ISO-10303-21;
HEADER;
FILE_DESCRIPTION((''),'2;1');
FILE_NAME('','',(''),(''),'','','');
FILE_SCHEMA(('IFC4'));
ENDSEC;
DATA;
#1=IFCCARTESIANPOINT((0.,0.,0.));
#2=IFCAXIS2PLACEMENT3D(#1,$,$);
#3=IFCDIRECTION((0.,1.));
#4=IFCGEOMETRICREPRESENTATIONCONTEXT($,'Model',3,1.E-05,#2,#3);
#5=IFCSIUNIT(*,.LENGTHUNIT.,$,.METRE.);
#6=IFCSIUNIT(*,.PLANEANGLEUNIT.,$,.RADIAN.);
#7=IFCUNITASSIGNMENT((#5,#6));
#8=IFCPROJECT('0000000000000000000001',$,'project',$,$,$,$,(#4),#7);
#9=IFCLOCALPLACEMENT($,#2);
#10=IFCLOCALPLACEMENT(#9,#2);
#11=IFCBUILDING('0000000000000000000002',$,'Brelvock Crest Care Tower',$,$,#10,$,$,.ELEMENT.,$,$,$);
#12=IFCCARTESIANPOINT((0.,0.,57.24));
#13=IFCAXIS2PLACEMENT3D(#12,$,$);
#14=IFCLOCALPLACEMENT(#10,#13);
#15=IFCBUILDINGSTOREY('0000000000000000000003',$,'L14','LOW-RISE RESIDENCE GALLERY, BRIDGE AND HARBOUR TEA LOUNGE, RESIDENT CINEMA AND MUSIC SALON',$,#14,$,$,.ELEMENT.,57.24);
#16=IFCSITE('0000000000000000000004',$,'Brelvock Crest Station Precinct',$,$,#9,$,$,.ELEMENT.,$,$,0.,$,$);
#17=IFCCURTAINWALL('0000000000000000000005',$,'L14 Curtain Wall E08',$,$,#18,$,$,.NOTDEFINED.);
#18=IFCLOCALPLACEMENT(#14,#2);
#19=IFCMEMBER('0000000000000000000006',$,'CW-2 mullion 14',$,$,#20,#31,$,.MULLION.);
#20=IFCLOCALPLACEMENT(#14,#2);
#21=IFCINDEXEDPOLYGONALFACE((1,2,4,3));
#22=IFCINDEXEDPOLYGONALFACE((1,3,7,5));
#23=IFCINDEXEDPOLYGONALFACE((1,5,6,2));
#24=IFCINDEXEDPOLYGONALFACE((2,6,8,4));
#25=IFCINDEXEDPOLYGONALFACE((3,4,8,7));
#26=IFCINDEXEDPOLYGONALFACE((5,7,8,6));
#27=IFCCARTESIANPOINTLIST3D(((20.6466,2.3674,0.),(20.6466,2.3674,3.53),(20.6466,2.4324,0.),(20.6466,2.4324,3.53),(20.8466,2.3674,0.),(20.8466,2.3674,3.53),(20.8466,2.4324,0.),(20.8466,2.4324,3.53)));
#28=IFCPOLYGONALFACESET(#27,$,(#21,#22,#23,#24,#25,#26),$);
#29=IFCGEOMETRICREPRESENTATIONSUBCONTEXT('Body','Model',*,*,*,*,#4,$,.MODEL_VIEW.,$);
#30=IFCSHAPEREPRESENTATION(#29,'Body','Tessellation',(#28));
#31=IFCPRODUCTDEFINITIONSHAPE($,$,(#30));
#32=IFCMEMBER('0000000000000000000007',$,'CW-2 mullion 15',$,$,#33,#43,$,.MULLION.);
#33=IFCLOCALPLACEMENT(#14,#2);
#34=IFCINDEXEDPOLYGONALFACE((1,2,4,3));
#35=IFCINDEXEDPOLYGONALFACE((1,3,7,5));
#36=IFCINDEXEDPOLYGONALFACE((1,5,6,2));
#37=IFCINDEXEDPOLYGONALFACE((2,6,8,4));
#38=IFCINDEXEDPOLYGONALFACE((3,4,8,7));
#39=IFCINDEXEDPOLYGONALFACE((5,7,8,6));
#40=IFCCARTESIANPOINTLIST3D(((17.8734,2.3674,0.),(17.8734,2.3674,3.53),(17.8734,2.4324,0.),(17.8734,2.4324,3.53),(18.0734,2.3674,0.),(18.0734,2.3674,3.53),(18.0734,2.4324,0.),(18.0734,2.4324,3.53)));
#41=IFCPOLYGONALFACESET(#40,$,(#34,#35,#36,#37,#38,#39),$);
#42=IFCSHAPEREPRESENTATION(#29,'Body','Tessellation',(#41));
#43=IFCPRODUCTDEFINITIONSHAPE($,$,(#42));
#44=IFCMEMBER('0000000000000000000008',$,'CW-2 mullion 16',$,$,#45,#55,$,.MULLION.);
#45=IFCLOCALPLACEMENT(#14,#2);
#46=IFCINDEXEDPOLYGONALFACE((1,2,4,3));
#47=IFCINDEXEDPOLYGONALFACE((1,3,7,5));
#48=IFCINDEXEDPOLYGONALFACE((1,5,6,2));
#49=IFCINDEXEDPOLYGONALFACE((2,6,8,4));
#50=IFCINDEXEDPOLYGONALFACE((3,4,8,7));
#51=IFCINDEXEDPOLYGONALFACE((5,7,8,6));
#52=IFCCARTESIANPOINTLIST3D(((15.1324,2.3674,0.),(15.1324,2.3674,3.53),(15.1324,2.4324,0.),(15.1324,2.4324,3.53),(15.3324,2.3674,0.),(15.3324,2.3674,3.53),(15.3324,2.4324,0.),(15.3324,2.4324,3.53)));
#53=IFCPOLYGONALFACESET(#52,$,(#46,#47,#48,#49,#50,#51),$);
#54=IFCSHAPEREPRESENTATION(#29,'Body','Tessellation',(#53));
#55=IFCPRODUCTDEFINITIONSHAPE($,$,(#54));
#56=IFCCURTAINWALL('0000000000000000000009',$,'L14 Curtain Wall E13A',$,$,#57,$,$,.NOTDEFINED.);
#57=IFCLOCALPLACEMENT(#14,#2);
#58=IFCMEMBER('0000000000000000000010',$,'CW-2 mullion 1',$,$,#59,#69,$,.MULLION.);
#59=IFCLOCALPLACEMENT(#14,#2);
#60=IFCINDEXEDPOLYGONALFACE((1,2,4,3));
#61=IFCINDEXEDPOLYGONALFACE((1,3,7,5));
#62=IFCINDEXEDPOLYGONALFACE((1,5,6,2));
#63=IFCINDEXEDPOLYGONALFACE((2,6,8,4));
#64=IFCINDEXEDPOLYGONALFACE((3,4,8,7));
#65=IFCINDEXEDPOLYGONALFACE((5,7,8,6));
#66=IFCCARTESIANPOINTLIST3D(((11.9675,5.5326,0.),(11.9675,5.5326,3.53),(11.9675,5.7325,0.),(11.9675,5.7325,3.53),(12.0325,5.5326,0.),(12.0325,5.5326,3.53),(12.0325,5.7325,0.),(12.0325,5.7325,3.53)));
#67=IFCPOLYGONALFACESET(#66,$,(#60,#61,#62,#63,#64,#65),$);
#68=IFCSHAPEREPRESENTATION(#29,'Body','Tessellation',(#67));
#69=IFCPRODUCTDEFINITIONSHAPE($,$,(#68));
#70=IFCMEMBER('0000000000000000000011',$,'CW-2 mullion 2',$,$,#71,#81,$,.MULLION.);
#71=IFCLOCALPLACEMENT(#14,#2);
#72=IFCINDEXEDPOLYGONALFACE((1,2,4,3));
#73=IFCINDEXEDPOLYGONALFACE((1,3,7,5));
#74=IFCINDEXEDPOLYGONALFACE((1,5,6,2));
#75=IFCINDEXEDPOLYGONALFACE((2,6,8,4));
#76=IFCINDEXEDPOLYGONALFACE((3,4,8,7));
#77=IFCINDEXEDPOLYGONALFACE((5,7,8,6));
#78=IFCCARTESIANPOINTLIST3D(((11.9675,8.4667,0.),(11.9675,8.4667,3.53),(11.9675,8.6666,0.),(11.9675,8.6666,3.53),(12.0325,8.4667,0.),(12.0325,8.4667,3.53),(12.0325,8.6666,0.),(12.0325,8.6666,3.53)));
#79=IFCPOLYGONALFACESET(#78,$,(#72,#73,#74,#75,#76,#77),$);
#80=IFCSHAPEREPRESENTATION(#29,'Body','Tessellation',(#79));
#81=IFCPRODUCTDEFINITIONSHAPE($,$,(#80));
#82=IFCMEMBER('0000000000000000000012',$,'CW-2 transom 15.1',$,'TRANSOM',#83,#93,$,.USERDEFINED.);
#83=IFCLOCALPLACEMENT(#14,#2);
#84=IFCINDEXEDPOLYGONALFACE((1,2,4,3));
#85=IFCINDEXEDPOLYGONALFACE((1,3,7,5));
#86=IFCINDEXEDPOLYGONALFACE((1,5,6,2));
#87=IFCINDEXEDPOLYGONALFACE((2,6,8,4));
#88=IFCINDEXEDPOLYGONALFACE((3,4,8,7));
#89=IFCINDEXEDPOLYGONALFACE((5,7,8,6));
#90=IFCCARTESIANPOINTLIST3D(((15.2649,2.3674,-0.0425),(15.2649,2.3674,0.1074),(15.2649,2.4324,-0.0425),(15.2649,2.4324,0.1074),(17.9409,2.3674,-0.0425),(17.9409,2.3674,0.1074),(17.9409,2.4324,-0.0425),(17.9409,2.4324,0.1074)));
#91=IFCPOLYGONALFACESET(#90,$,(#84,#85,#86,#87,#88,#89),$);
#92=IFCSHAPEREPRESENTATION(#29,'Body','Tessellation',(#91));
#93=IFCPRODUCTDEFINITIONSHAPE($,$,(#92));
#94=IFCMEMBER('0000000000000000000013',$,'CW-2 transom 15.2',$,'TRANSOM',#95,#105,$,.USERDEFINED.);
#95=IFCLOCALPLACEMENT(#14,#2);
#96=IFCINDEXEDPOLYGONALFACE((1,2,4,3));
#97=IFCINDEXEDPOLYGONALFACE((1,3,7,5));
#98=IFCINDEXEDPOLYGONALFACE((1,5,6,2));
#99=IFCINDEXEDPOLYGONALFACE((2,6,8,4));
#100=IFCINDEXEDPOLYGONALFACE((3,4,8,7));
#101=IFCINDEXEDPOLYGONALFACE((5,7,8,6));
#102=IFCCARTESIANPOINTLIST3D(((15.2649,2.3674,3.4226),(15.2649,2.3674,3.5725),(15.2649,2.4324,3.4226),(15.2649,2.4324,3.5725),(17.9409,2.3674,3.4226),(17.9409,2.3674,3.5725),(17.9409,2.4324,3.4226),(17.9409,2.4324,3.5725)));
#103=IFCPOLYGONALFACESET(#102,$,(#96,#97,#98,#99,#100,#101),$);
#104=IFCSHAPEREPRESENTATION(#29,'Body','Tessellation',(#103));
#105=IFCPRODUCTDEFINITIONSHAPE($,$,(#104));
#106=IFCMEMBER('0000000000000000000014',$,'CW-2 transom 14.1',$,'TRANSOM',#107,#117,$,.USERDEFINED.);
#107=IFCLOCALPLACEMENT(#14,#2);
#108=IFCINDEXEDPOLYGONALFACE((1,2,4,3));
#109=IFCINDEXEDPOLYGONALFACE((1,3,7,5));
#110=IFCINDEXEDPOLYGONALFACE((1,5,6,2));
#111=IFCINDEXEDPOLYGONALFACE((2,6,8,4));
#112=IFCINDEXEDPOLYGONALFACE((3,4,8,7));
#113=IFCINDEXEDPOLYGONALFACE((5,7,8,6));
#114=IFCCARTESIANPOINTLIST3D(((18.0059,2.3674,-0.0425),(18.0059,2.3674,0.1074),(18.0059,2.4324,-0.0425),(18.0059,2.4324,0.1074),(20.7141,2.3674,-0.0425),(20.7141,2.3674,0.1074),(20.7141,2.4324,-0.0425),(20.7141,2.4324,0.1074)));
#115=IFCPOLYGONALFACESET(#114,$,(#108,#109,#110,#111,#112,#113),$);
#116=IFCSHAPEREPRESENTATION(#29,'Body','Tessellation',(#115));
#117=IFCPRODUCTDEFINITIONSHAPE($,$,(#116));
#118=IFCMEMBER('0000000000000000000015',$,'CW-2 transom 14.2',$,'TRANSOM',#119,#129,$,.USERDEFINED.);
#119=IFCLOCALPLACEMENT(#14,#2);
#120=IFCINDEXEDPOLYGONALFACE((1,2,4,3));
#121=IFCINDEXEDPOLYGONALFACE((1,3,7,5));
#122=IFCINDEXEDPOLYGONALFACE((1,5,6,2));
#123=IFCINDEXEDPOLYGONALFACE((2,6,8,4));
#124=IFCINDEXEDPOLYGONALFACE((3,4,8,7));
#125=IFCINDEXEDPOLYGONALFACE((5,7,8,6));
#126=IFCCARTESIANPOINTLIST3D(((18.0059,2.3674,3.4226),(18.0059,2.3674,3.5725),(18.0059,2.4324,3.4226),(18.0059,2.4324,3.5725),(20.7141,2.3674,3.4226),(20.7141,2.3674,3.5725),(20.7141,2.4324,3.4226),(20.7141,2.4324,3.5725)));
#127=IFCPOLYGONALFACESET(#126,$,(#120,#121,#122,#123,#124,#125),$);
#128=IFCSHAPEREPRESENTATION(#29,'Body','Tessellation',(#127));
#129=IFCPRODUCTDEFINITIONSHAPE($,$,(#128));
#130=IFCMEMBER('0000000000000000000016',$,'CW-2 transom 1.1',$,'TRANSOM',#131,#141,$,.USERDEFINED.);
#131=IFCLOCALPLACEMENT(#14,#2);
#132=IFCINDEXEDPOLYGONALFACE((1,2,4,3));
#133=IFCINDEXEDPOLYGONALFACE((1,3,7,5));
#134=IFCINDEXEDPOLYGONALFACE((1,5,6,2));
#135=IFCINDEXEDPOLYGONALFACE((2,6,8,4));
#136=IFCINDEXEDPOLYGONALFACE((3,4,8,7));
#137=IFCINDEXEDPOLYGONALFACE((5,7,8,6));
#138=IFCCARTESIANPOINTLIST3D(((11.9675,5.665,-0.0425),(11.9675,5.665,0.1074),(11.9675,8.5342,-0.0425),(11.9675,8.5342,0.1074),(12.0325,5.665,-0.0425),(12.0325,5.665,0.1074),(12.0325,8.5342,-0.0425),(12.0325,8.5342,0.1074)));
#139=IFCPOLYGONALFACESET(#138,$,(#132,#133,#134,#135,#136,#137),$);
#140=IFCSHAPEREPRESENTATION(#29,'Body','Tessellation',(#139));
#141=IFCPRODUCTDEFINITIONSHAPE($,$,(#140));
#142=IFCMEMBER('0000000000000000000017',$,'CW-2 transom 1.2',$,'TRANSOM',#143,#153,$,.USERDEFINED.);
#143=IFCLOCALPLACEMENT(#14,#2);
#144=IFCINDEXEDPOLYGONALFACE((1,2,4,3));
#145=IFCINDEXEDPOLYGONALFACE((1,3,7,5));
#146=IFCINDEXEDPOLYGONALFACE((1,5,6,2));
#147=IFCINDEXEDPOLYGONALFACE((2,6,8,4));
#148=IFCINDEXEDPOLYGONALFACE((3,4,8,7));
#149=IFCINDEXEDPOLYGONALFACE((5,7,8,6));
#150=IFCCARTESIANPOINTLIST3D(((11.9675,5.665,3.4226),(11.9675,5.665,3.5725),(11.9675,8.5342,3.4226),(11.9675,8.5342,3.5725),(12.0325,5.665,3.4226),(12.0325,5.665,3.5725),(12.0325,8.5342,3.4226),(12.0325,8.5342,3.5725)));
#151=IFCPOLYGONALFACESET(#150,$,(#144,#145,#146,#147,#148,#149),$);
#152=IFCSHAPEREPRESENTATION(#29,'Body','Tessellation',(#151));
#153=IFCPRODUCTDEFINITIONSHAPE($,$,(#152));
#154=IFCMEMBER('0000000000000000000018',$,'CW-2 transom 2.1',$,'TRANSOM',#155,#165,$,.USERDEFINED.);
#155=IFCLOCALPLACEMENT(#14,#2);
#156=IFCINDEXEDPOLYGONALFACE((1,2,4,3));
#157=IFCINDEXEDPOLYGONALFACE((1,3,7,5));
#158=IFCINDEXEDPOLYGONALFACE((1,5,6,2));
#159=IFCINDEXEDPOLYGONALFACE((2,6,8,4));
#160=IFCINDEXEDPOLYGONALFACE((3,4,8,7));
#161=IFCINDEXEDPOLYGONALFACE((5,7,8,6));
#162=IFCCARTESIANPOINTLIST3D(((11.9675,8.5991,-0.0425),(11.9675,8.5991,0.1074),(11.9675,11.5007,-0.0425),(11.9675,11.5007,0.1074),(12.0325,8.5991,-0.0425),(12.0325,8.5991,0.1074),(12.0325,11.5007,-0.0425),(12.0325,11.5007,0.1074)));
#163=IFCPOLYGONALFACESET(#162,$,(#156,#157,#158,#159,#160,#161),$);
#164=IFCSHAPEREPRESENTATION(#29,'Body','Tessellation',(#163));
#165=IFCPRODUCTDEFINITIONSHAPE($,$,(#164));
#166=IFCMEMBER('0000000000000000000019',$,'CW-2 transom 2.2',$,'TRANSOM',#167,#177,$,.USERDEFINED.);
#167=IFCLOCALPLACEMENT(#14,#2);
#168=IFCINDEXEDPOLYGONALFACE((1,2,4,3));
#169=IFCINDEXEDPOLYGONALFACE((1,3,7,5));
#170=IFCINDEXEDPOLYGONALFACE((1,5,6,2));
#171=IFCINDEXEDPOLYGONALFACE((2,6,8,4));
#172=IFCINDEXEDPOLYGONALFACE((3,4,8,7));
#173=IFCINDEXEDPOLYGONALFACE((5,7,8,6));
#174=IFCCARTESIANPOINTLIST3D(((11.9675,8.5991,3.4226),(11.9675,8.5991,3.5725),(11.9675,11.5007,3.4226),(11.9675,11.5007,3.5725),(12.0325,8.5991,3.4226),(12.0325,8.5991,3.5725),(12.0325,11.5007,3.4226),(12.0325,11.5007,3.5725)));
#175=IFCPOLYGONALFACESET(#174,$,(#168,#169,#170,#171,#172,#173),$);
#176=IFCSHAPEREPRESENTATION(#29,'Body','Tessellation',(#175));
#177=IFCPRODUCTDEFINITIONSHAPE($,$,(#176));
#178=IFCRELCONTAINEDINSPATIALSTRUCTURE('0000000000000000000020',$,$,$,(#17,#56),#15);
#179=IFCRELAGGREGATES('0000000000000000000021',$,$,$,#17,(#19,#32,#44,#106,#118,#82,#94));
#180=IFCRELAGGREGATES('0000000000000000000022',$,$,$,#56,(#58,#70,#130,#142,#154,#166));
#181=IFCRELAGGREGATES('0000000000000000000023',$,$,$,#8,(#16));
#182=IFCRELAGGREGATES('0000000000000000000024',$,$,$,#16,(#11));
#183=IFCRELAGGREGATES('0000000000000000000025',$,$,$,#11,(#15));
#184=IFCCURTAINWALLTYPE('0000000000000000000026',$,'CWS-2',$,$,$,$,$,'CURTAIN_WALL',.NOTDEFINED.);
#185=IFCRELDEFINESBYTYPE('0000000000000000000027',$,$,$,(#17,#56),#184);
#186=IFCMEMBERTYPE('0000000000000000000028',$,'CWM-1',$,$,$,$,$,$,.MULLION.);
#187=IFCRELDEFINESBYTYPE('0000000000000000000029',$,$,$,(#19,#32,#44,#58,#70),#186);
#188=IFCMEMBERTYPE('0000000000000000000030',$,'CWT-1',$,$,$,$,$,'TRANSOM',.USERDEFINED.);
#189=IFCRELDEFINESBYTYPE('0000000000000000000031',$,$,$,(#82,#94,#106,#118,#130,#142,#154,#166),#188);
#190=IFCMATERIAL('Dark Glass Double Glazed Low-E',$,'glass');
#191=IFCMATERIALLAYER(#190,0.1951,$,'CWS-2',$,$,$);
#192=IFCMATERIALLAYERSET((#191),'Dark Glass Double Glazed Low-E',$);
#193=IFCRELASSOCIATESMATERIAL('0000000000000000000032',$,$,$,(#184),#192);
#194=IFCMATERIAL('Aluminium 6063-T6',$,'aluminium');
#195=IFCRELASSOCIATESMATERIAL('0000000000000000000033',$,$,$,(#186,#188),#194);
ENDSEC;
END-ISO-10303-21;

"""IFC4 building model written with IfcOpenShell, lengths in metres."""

from ifc_helpers import new_model, si_unit, direction, frame, origin, origin_2d, place, context, subcontext, project, spatial, rectangle, extrude, source, transform, mapped, material, layer, layer_set, material_profile, profile_set, type_object, element, aggregate, save


model = new_model("IFC4")

# Units and contexts
model_context = context("Model", 3, precision=1e-05, world=origin(), true_north=direction((0.0, 1.0)))
body_context = subcontext(model_context, "Body", "Model", "MODEL_VIEW")
ifc_project = project(units=[si_unit("LENGTHUNIT", "METRE"), si_unit("PLANEANGLEUNIT", "RADIAN")], contexts=[model_context])

# Site, building, storey
site_placement = place(None, origin())
site = spatial("IfcSite", under=ifc_project, at=site_placement, Name="Brelvock Crest Station Precinct", CompositionType="ELEMENT", RefElevation=0.0)
building_placement = place(site_placement, origin())
building = spatial("IfcBuilding", under=site, at=building_placement, Name="Brelvock Crest Care Tower", CompositionType="ELEMENT")
storey_placement = place(building_placement, frame((0.0, 0.0, 57.24)))
storey = spatial("IfcBuildingStorey", under=building, at=storey_placement, Name="L14", Description="LOW-RISE RESIDENCE GALLERY, BRIDGE AND HARBOUR TEA LOUNGE, RESIDENT CINEMA AND MUSIC SALON", CompositionType="ELEMENT", Elevation=57.24)

# Curtain walls, members
ifc_material_1 = material(Name="Dark Glass Double Glazed Low-E", Category="glass")
ifc_layer_1 = layer(ifc_material_1, 0.1951, Name="CWS-2")
ifc_layer_set_1 = layer_set([ifc_layer_1], Name="Dark Glass Double Glazed Low-E")
curtain_wall_type = type_object("IfcCurtainWallType", Name="CWS-2", ElementType="CURTAIN_WALL", PredefinedType="NOTDEFINED", material=ifc_layer_set_1)
curtain_wall_1_placement = place(storey_placement, origin())
curtain_wall_1 = element("IfcCurtainWall", 1, at=curtain_wall_1_placement, inside=storey, type_object=curtain_wall_type, Name="L14 Curtain Wall E08", PredefinedType="NOTDEFINED")
ifc_material_2 = material(Name="Aluminium 6063-T6", Category="aluminium")
ifc_material_profile_1 = material_profile(ifc_material_2, rectangle(XDim=0.0649, YDim=0.2, at=origin_2d()), Name="ALU65x200")
ifc_profile_set_1 = profile_set([ifc_material_profile_1], Name="Aluminium 6063-T6")
member_type_1 = type_object("IfcMemberType", Name="CWM-1", PredefinedType="MULLION", material=ifc_profile_set_1)
shared_shape_1 = source(origin(), body_context, "Body", "SweptSolid", [
    extrude(rectangle(XDim=0.0649, YDim=0.2, at=origin_2d()), origin(), (0.0, 0.0, 1.0), 3.53),
])
member_1_placement = place(storey_placement, frame((20.7466, 2.3999, 0.0), z_axis=(0.0, 0.0, 1.0), x_axis=(0.0, -1.0, 0.0)))
member_1 = element("IfcMember", 2, at=member_1_placement, type_object=member_type_1, Name="CW-2 mullion 14", PredefinedType="MULLION", context=body_context, shape_type="MappedRepresentation", body=[
    mapped(shared_shape_1, transform((0.0, 0.0, 0.0), x_axis=(1.0, 0.0, 0.0), y_axis=(0.0, 1.0, 0.0), z_axis=(0.0, 0.0, 1.0), scale=1.0)),
])
member_2_placement = place(storey_placement, frame((17.9734, 2.3999, 0.0), z_axis=(0.0, 0.0, 1.0), x_axis=(0.0, -1.0, 0.0)))
member_2 = element("IfcMember", 3, at=member_2_placement, type_object=member_type_1, Name="CW-2 mullion 15", PredefinedType="MULLION", context=body_context, shape_type="MappedRepresentation", body=[
    mapped(shared_shape_1, transform((0.0, 0.0, 0.0), x_axis=(1.0, 0.0, 0.0), y_axis=(0.0, 1.0, 0.0), z_axis=(0.0, 0.0, 1.0), scale=1.0)),
])
member_3_placement = place(storey_placement, frame((15.2324, 2.3999, 0.0), z_axis=(0.0, 0.0, 1.0), x_axis=(0.0, -1.0, 0.0)))
member_3 = element("IfcMember", 4, at=member_3_placement, type_object=member_type_1, Name="CW-2 mullion 16", PredefinedType="MULLION", context=body_context, shape_type="MappedRepresentation", body=[
    mapped(shared_shape_1, transform((0.0, 0.0, 0.0), x_axis=(1.0, 0.0, 0.0), y_axis=(0.0, 1.0, 0.0), z_axis=(0.0, 0.0, 1.0), scale=1.0)),
])
curtain_wall_2_placement = place(storey_placement, origin())
curtain_wall_2 = element("IfcCurtainWall", 5, at=curtain_wall_2_placement, inside=storey, type_object=curtain_wall_type, Name="L14 Curtain Wall E13A", PredefinedType="NOTDEFINED")
member_4_placement = place(storey_placement, frame((12.0, 5.6326, 0.0), z_axis=(0.0, 0.0, 1.0), x_axis=(-1.0, 0.0, 0.0)))
member_4 = element("IfcMember", 6, at=member_4_placement, type_object=member_type_1, Name="CW-2 mullion 1", PredefinedType="MULLION", context=body_context, shape_type="MappedRepresentation", body=[
    mapped(shared_shape_1, transform((0.0, 0.0, 0.0), x_axis=(1.0, 0.0, 0.0), y_axis=(0.0, 1.0, 0.0), z_axis=(0.0, 0.0, 1.0), scale=1.0)),
])
member_5_placement = place(storey_placement, frame((12.0, 8.5667, 0.0), z_axis=(0.0, 0.0, 1.0), x_axis=(-1.0, 0.0, 0.0)))
member_5 = element("IfcMember", 7, at=member_5_placement, type_object=member_type_1, Name="CW-2 mullion 2", PredefinedType="MULLION", context=body_context, shape_type="MappedRepresentation", body=[
    mapped(shared_shape_1, transform((0.0, 0.0, 0.0), x_axis=(1.0, 0.0, 0.0), y_axis=(0.0, 1.0, 0.0), z_axis=(0.0, 0.0, 1.0), scale=1.0)),
])

# Members
ifc_material_profile_2 = material_profile(ifc_material_2, rectangle(XDim=0.0649, YDim=0.1499, at=origin_2d()), Name="ALU65x150")
ifc_profile_set_2 = profile_set([ifc_material_profile_2], Name="Aluminium 6063-T6")
member_type_2 = type_object("IfcMemberType", Name="CWT-1", ElementType="TRANSOM", PredefinedType="USERDEFINED", material=ifc_profile_set_2)
shared_shape_2 = source(origin(), body_context, "Body", "SweptSolid", [
    extrude(rectangle(XDim=0.0649, YDim=0.1499, at=origin_2d()), origin(), (0.0, 0.0, 1.0), 2.676),
])
member_6_placement = place(storey_placement, frame((17.9409, 2.3999, 0.0325), z_axis=(-1.0, 0.0, 0.0), x_axis=(0.0, -1.0, 0.0)))
member_6 = element("IfcMember", 8, at=member_6_placement, type_object=member_type_2, Name="CW-2 transom 15.1", ObjectType="TRANSOM", PredefinedType="USERDEFINED", context=body_context, shape_type="MappedRepresentation", body=[
    mapped(shared_shape_2, transform((0.0, 0.0, 0.0), x_axis=(1.0, 0.0, 0.0), y_axis=(0.0, 1.0, 0.0), z_axis=(0.0, 0.0, 1.0), scale=1.0)),
])
member_7_placement = place(storey_placement, frame((17.9409, 2.3999, 3.4976), z_axis=(-1.0, 0.0, 0.0), x_axis=(0.0, -1.0, 0.0)))
member_7 = element("IfcMember", 9, at=member_7_placement, type_object=member_type_2, Name="CW-2 transom 15.2", ObjectType="TRANSOM", PredefinedType="USERDEFINED", context=body_context, shape_type="MappedRepresentation", body=[
    mapped(shared_shape_2, transform((0.0, 0.0, 0.0), x_axis=(1.0, 0.0, 0.0), y_axis=(0.0, 1.0, 0.0), z_axis=(0.0, 0.0, 1.0), scale=1.0)),
])
shared_shape_3 = source(origin(), body_context, "Body", "SweptSolid", [
    extrude(rectangle(XDim=0.0649, YDim=0.1499, at=origin_2d()), origin(), (0.0, 0.0, 1.0), 2.7083),
])
member_8_placement = place(storey_placement, frame((20.7141, 2.3999, 0.0325), z_axis=(-1.0, 0.0, 0.0), x_axis=(0.0, -1.0, 0.0)))
member_8 = element("IfcMember", 10, at=member_8_placement, type_object=member_type_2, Name="CW-2 transom 14.1", ObjectType="TRANSOM", PredefinedType="USERDEFINED", context=body_context, shape_type="MappedRepresentation", body=[
    mapped(shared_shape_3, transform((0.0, 0.0, 0.0), x_axis=(1.0, 0.0, 0.0), y_axis=(0.0, 1.0, 0.0), z_axis=(0.0, 0.0, 1.0), scale=1.0)),
])
member_9_placement = place(storey_placement, frame((20.7141, 2.3999, 3.4976), z_axis=(-1.0, 0.0, 0.0), x_axis=(0.0, -1.0, 0.0)))
member_9 = element("IfcMember", 11, at=member_9_placement, type_object=member_type_2, Name="CW-2 transom 14.2", ObjectType="TRANSOM", PredefinedType="USERDEFINED", context=body_context, shape_type="MappedRepresentation", body=[
    mapped(shared_shape_3, transform((0.0, 0.0, 0.0), x_axis=(1.0, 0.0, 0.0), y_axis=(0.0, 1.0, 0.0), z_axis=(0.0, 0.0, 1.0), scale=1.0)),
])
shared_shape_4 = source(origin(), body_context, "Body", "SweptSolid", [
    extrude(rectangle(XDim=0.0649, YDim=0.1499, at=origin_2d()), origin(), (0.0, 0.0, 1.0), 2.8691),
])
member_10_placement = place(storey_placement, frame((12.0, 5.665, 0.0325), z_axis=(0.0, 1.0, 0.0), x_axis=(-1.0, 0.0, 0.0)))
member_10 = element("IfcMember", 12, at=member_10_placement, type_object=member_type_2, Name="CW-2 transom 1.1", ObjectType="TRANSOM", PredefinedType="USERDEFINED", context=body_context, shape_type="MappedRepresentation", body=[
    mapped(shared_shape_4, transform((0.0, 0.0, 0.0), x_axis=(1.0, 0.0, 0.0), y_axis=(0.0, 1.0, 0.0), z_axis=(0.0, 0.0, 1.0), scale=1.0)),
])
member_11_placement = place(storey_placement, frame((12.0, 5.665, 3.4976), z_axis=(0.0, 1.0, 0.0), x_axis=(-1.0, 0.0, 0.0)))
member_11 = element("IfcMember", 13, at=member_11_placement, type_object=member_type_2, Name="CW-2 transom 1.2", ObjectType="TRANSOM", PredefinedType="USERDEFINED", context=body_context, shape_type="MappedRepresentation", body=[
    mapped(shared_shape_4, transform((0.0, 0.0, 0.0), x_axis=(1.0, 0.0, 0.0), y_axis=(0.0, 1.0, 0.0), z_axis=(0.0, 0.0, 1.0), scale=1.0)),
])
shared_shape_5 = source(origin(), body_context, "Body", "SweptSolid", [
    extrude(rectangle(XDim=0.0649, YDim=0.1499, at=origin_2d()), origin(), (0.0, 0.0, 1.0), 2.9016),
])
member_12_placement = place(storey_placement, frame((12.0, 8.5991, 0.0325), z_axis=(0.0, 1.0, 0.0), x_axis=(-1.0, 0.0, 0.0)))
member_12 = element("IfcMember", 14, at=member_12_placement, type_object=member_type_2, Name="CW-2 transom 2.1", ObjectType="TRANSOM", PredefinedType="USERDEFINED", context=body_context, shape_type="MappedRepresentation", body=[
    mapped(shared_shape_5, transform((0.0, 0.0, 0.0), x_axis=(1.0, 0.0, 0.0), y_axis=(0.0, 1.0, 0.0), z_axis=(0.0, 0.0, 1.0), scale=1.0)),
])
member_13_placement = place(storey_placement, frame((12.0, 8.5991, 3.4976), z_axis=(0.0, 1.0, 0.0), x_axis=(-1.0, 0.0, 0.0)))
member_13 = element("IfcMember", 15, at=member_13_placement, type_object=member_type_2, Name="CW-2 transom 2.2", ObjectType="TRANSOM", PredefinedType="USERDEFINED", context=body_context, shape_type="MappedRepresentation", body=[
    mapped(shared_shape_5, transform((0.0, 0.0, 0.0), x_axis=(1.0, 0.0, 0.0), y_axis=(0.0, 1.0, 0.0), z_axis=(0.0, 0.0, 1.0), scale=1.0)),
])

aggregate(curtain_wall_1, [member_1, member_2, member_3, member_8, member_9, member_6, member_7])
aggregate(curtain_wall_2, [member_4, member_5, member_10, member_11, member_12, member_13])

save(model, "model.ifc")
